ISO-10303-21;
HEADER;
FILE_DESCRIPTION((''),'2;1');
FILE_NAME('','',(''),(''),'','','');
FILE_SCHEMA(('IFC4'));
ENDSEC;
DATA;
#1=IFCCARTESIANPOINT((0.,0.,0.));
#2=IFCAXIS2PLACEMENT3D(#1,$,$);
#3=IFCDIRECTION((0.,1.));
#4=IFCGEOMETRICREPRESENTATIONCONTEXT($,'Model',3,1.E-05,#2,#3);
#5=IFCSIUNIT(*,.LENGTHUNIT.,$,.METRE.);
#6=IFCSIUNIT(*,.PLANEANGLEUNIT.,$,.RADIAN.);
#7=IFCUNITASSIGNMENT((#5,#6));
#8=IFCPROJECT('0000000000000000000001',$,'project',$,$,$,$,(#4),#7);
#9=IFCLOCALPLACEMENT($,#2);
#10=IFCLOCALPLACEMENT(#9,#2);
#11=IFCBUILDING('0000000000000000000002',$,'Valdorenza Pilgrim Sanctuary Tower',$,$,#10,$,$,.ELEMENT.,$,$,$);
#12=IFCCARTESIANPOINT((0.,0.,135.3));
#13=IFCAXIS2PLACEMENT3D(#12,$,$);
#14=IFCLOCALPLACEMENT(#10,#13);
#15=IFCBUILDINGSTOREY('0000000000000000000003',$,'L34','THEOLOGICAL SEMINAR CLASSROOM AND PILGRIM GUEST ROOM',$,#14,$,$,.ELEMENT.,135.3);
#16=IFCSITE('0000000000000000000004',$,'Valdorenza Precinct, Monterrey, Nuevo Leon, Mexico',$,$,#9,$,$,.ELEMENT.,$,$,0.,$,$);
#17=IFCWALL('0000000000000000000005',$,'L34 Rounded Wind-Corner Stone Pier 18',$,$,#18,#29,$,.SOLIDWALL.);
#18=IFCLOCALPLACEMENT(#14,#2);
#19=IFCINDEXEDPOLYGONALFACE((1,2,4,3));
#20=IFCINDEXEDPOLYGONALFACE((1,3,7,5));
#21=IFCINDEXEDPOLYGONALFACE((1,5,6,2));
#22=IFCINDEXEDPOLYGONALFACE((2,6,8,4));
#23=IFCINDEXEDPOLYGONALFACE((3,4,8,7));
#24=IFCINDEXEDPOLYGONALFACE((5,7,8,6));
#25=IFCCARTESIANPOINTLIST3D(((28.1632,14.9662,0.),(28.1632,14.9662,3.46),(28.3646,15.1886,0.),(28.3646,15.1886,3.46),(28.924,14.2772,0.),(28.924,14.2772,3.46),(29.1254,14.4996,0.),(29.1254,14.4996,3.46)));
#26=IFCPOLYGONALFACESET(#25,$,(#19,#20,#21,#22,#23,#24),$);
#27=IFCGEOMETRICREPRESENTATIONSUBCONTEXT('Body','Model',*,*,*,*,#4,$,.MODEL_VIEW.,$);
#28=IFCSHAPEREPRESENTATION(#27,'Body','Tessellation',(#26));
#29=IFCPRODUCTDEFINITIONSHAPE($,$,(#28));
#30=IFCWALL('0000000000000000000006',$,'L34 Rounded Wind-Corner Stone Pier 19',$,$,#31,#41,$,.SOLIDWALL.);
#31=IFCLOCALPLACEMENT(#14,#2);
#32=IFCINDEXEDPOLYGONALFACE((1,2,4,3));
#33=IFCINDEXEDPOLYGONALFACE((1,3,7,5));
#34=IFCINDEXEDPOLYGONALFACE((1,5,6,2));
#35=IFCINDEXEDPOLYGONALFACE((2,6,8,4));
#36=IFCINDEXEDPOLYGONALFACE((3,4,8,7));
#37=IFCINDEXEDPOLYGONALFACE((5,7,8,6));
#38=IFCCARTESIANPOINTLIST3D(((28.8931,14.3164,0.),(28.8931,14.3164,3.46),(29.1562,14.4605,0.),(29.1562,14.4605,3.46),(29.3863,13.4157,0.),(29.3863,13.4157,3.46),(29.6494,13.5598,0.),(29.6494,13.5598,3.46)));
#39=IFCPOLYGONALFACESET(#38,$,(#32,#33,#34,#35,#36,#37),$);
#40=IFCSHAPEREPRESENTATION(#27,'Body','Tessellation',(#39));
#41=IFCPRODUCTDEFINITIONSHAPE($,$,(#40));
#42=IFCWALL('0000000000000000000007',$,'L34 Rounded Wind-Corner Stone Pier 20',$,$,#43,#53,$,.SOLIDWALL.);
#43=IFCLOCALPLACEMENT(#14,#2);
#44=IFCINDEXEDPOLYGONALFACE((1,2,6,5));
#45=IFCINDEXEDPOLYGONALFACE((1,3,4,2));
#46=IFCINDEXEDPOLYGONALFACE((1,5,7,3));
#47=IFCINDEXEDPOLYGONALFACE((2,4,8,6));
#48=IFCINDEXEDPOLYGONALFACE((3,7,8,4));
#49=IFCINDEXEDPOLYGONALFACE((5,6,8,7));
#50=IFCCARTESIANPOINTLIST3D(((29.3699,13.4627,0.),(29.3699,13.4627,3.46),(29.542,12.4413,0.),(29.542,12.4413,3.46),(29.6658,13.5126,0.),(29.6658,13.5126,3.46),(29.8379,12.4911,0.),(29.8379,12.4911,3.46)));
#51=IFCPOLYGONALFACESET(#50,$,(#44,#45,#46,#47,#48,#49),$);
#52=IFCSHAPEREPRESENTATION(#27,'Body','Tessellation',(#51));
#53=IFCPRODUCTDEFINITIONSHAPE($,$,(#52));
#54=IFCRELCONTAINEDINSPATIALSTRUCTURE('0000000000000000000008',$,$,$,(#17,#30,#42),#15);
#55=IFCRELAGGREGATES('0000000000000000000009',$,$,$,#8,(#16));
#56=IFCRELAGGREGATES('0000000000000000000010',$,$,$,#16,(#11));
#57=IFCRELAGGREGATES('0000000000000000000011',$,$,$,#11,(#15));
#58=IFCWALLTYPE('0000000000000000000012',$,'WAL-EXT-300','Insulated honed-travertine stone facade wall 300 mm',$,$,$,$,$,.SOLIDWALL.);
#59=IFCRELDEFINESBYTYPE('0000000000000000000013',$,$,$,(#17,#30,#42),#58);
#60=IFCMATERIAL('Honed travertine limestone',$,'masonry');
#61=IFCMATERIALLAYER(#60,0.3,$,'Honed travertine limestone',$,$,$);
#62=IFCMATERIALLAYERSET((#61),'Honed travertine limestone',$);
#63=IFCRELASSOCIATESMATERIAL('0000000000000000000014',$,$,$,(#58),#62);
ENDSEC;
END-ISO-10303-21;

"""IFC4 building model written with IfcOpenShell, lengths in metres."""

from ifc_helpers import new_model, si_unit, direction, frame, frame_2d, origin, place, context, subcontext, project, spatial, rectangle, extrude, material, layer, layer_set, type_object, element, save


model = new_model("IFC4")

# Units and contexts
model_context = context("Model", 3, precision=1e-05, world=origin(), true_north=direction((0.0, 1.0)))
body_context = subcontext(model_context, "Body", "Model", "MODEL_VIEW")
ifc_project = project(units=[si_unit("LENGTHUNIT", "METRE"), si_unit("PLANEANGLEUNIT", "RADIAN")], contexts=[model_context])

# Site, building, storey
site_placement = place(None, origin())
site = spatial("IfcSite", under=ifc_project, at=site_placement, Name="Valdorenza Precinct, Monterrey, Nuevo Leon, Mexico", CompositionType="ELEMENT", RefElevation=0.0)
building_placement = place(site_placement, origin())
building = spatial("IfcBuilding", under=site, at=building_placement, Name="Valdorenza Pilgrim Sanctuary Tower", CompositionType="ELEMENT")
storey_placement = place(building_placement, frame((0.0, 0.0, 135.3)))
storey = spatial("IfcBuildingStorey", under=building, at=storey_placement, Name="L34", Description="THEOLOGICAL SEMINAR CLASSROOM AND PILGRIM GUEST ROOM", CompositionType="ELEMENT", Elevation=135.3)

# Shared definitions
ifc_material_1 = material(Name="Honed travertine limestone", Category="masonry")

# Walls
ifc_layer_1 = layer(ifc_material_1, 0.3, Name="Honed travertine limestone")
ifc_layer_set_1 = layer_set([ifc_layer_1], Name="Honed travertine limestone")
wall_type_1 = type_object("IfcWallType", Name="WAL-EXT-300", Description="Insulated honed-travertine stone facade wall 300 mm", PredefinedType="SOLIDWALL", material=ifc_layer_set_1)
wall_1_placement = place(storey_placement, frame((28.2639, 15.0774, 0.0), z_axis=(0.0, 0.0, 1.0), x_axis=(0.741209, -0.671275, 0.0)))
element("IfcWall", 1, at=wall_1_placement, inside=storey, type_object=wall_type_1, Name="L34 Rounded Wind-Corner Stone Pier 18", PredefinedType="SOLIDWALL", context=body_context, shape_type="SweptSolid", body=[
    extrude(rectangle(XDim=1.0264, YDim=0.3, at=frame_2d((0.5132, 0.0))), origin(), (0.0, 0.0, 1.0), 3.46),
])
wall_2_placement = place(storey_placement, frame((29.0247, 14.3884, 0.0), z_axis=(0.0, 0.0, 1.0), x_axis=(0.480284, -0.877113, 0.0)))
element("IfcWall", 2, at=wall_2_placement, inside=storey, type_object=wall_type_1, Name="L34 Rounded Wind-Corner Stone Pier 19", PredefinedType="SOLIDWALL", context=body_context, shape_type="SweptSolid", body=[
    extrude(rectangle(XDim=1.0269, YDim=0.3, at=frame_2d((0.5134, 0.0))), origin(), (0.0, 0.0, 1.0), 3.46),
])
wall_3_placement = place(storey_placement, frame((29.5178, 13.4878, 0.0), z_axis=(0.0, 0.0, 1.0), x_axis=(0.166157, -0.986099, 0.0)))
element("IfcWall", 3, at=wall_3_placement, inside=storey, type_object=wall_type_1, Name="L34 Rounded Wind-Corner Stone Pier 20", PredefinedType="SOLIDWALL", context=body_context, shape_type="SweptSolid", body=[
    extrude(rectangle(XDim=1.0359, YDim=0.3, at=frame_2d((0.5181, 0.0))), origin(), (0.0, 0.0, 1.0), 3.46),
])

save(model, "model.ifc")
